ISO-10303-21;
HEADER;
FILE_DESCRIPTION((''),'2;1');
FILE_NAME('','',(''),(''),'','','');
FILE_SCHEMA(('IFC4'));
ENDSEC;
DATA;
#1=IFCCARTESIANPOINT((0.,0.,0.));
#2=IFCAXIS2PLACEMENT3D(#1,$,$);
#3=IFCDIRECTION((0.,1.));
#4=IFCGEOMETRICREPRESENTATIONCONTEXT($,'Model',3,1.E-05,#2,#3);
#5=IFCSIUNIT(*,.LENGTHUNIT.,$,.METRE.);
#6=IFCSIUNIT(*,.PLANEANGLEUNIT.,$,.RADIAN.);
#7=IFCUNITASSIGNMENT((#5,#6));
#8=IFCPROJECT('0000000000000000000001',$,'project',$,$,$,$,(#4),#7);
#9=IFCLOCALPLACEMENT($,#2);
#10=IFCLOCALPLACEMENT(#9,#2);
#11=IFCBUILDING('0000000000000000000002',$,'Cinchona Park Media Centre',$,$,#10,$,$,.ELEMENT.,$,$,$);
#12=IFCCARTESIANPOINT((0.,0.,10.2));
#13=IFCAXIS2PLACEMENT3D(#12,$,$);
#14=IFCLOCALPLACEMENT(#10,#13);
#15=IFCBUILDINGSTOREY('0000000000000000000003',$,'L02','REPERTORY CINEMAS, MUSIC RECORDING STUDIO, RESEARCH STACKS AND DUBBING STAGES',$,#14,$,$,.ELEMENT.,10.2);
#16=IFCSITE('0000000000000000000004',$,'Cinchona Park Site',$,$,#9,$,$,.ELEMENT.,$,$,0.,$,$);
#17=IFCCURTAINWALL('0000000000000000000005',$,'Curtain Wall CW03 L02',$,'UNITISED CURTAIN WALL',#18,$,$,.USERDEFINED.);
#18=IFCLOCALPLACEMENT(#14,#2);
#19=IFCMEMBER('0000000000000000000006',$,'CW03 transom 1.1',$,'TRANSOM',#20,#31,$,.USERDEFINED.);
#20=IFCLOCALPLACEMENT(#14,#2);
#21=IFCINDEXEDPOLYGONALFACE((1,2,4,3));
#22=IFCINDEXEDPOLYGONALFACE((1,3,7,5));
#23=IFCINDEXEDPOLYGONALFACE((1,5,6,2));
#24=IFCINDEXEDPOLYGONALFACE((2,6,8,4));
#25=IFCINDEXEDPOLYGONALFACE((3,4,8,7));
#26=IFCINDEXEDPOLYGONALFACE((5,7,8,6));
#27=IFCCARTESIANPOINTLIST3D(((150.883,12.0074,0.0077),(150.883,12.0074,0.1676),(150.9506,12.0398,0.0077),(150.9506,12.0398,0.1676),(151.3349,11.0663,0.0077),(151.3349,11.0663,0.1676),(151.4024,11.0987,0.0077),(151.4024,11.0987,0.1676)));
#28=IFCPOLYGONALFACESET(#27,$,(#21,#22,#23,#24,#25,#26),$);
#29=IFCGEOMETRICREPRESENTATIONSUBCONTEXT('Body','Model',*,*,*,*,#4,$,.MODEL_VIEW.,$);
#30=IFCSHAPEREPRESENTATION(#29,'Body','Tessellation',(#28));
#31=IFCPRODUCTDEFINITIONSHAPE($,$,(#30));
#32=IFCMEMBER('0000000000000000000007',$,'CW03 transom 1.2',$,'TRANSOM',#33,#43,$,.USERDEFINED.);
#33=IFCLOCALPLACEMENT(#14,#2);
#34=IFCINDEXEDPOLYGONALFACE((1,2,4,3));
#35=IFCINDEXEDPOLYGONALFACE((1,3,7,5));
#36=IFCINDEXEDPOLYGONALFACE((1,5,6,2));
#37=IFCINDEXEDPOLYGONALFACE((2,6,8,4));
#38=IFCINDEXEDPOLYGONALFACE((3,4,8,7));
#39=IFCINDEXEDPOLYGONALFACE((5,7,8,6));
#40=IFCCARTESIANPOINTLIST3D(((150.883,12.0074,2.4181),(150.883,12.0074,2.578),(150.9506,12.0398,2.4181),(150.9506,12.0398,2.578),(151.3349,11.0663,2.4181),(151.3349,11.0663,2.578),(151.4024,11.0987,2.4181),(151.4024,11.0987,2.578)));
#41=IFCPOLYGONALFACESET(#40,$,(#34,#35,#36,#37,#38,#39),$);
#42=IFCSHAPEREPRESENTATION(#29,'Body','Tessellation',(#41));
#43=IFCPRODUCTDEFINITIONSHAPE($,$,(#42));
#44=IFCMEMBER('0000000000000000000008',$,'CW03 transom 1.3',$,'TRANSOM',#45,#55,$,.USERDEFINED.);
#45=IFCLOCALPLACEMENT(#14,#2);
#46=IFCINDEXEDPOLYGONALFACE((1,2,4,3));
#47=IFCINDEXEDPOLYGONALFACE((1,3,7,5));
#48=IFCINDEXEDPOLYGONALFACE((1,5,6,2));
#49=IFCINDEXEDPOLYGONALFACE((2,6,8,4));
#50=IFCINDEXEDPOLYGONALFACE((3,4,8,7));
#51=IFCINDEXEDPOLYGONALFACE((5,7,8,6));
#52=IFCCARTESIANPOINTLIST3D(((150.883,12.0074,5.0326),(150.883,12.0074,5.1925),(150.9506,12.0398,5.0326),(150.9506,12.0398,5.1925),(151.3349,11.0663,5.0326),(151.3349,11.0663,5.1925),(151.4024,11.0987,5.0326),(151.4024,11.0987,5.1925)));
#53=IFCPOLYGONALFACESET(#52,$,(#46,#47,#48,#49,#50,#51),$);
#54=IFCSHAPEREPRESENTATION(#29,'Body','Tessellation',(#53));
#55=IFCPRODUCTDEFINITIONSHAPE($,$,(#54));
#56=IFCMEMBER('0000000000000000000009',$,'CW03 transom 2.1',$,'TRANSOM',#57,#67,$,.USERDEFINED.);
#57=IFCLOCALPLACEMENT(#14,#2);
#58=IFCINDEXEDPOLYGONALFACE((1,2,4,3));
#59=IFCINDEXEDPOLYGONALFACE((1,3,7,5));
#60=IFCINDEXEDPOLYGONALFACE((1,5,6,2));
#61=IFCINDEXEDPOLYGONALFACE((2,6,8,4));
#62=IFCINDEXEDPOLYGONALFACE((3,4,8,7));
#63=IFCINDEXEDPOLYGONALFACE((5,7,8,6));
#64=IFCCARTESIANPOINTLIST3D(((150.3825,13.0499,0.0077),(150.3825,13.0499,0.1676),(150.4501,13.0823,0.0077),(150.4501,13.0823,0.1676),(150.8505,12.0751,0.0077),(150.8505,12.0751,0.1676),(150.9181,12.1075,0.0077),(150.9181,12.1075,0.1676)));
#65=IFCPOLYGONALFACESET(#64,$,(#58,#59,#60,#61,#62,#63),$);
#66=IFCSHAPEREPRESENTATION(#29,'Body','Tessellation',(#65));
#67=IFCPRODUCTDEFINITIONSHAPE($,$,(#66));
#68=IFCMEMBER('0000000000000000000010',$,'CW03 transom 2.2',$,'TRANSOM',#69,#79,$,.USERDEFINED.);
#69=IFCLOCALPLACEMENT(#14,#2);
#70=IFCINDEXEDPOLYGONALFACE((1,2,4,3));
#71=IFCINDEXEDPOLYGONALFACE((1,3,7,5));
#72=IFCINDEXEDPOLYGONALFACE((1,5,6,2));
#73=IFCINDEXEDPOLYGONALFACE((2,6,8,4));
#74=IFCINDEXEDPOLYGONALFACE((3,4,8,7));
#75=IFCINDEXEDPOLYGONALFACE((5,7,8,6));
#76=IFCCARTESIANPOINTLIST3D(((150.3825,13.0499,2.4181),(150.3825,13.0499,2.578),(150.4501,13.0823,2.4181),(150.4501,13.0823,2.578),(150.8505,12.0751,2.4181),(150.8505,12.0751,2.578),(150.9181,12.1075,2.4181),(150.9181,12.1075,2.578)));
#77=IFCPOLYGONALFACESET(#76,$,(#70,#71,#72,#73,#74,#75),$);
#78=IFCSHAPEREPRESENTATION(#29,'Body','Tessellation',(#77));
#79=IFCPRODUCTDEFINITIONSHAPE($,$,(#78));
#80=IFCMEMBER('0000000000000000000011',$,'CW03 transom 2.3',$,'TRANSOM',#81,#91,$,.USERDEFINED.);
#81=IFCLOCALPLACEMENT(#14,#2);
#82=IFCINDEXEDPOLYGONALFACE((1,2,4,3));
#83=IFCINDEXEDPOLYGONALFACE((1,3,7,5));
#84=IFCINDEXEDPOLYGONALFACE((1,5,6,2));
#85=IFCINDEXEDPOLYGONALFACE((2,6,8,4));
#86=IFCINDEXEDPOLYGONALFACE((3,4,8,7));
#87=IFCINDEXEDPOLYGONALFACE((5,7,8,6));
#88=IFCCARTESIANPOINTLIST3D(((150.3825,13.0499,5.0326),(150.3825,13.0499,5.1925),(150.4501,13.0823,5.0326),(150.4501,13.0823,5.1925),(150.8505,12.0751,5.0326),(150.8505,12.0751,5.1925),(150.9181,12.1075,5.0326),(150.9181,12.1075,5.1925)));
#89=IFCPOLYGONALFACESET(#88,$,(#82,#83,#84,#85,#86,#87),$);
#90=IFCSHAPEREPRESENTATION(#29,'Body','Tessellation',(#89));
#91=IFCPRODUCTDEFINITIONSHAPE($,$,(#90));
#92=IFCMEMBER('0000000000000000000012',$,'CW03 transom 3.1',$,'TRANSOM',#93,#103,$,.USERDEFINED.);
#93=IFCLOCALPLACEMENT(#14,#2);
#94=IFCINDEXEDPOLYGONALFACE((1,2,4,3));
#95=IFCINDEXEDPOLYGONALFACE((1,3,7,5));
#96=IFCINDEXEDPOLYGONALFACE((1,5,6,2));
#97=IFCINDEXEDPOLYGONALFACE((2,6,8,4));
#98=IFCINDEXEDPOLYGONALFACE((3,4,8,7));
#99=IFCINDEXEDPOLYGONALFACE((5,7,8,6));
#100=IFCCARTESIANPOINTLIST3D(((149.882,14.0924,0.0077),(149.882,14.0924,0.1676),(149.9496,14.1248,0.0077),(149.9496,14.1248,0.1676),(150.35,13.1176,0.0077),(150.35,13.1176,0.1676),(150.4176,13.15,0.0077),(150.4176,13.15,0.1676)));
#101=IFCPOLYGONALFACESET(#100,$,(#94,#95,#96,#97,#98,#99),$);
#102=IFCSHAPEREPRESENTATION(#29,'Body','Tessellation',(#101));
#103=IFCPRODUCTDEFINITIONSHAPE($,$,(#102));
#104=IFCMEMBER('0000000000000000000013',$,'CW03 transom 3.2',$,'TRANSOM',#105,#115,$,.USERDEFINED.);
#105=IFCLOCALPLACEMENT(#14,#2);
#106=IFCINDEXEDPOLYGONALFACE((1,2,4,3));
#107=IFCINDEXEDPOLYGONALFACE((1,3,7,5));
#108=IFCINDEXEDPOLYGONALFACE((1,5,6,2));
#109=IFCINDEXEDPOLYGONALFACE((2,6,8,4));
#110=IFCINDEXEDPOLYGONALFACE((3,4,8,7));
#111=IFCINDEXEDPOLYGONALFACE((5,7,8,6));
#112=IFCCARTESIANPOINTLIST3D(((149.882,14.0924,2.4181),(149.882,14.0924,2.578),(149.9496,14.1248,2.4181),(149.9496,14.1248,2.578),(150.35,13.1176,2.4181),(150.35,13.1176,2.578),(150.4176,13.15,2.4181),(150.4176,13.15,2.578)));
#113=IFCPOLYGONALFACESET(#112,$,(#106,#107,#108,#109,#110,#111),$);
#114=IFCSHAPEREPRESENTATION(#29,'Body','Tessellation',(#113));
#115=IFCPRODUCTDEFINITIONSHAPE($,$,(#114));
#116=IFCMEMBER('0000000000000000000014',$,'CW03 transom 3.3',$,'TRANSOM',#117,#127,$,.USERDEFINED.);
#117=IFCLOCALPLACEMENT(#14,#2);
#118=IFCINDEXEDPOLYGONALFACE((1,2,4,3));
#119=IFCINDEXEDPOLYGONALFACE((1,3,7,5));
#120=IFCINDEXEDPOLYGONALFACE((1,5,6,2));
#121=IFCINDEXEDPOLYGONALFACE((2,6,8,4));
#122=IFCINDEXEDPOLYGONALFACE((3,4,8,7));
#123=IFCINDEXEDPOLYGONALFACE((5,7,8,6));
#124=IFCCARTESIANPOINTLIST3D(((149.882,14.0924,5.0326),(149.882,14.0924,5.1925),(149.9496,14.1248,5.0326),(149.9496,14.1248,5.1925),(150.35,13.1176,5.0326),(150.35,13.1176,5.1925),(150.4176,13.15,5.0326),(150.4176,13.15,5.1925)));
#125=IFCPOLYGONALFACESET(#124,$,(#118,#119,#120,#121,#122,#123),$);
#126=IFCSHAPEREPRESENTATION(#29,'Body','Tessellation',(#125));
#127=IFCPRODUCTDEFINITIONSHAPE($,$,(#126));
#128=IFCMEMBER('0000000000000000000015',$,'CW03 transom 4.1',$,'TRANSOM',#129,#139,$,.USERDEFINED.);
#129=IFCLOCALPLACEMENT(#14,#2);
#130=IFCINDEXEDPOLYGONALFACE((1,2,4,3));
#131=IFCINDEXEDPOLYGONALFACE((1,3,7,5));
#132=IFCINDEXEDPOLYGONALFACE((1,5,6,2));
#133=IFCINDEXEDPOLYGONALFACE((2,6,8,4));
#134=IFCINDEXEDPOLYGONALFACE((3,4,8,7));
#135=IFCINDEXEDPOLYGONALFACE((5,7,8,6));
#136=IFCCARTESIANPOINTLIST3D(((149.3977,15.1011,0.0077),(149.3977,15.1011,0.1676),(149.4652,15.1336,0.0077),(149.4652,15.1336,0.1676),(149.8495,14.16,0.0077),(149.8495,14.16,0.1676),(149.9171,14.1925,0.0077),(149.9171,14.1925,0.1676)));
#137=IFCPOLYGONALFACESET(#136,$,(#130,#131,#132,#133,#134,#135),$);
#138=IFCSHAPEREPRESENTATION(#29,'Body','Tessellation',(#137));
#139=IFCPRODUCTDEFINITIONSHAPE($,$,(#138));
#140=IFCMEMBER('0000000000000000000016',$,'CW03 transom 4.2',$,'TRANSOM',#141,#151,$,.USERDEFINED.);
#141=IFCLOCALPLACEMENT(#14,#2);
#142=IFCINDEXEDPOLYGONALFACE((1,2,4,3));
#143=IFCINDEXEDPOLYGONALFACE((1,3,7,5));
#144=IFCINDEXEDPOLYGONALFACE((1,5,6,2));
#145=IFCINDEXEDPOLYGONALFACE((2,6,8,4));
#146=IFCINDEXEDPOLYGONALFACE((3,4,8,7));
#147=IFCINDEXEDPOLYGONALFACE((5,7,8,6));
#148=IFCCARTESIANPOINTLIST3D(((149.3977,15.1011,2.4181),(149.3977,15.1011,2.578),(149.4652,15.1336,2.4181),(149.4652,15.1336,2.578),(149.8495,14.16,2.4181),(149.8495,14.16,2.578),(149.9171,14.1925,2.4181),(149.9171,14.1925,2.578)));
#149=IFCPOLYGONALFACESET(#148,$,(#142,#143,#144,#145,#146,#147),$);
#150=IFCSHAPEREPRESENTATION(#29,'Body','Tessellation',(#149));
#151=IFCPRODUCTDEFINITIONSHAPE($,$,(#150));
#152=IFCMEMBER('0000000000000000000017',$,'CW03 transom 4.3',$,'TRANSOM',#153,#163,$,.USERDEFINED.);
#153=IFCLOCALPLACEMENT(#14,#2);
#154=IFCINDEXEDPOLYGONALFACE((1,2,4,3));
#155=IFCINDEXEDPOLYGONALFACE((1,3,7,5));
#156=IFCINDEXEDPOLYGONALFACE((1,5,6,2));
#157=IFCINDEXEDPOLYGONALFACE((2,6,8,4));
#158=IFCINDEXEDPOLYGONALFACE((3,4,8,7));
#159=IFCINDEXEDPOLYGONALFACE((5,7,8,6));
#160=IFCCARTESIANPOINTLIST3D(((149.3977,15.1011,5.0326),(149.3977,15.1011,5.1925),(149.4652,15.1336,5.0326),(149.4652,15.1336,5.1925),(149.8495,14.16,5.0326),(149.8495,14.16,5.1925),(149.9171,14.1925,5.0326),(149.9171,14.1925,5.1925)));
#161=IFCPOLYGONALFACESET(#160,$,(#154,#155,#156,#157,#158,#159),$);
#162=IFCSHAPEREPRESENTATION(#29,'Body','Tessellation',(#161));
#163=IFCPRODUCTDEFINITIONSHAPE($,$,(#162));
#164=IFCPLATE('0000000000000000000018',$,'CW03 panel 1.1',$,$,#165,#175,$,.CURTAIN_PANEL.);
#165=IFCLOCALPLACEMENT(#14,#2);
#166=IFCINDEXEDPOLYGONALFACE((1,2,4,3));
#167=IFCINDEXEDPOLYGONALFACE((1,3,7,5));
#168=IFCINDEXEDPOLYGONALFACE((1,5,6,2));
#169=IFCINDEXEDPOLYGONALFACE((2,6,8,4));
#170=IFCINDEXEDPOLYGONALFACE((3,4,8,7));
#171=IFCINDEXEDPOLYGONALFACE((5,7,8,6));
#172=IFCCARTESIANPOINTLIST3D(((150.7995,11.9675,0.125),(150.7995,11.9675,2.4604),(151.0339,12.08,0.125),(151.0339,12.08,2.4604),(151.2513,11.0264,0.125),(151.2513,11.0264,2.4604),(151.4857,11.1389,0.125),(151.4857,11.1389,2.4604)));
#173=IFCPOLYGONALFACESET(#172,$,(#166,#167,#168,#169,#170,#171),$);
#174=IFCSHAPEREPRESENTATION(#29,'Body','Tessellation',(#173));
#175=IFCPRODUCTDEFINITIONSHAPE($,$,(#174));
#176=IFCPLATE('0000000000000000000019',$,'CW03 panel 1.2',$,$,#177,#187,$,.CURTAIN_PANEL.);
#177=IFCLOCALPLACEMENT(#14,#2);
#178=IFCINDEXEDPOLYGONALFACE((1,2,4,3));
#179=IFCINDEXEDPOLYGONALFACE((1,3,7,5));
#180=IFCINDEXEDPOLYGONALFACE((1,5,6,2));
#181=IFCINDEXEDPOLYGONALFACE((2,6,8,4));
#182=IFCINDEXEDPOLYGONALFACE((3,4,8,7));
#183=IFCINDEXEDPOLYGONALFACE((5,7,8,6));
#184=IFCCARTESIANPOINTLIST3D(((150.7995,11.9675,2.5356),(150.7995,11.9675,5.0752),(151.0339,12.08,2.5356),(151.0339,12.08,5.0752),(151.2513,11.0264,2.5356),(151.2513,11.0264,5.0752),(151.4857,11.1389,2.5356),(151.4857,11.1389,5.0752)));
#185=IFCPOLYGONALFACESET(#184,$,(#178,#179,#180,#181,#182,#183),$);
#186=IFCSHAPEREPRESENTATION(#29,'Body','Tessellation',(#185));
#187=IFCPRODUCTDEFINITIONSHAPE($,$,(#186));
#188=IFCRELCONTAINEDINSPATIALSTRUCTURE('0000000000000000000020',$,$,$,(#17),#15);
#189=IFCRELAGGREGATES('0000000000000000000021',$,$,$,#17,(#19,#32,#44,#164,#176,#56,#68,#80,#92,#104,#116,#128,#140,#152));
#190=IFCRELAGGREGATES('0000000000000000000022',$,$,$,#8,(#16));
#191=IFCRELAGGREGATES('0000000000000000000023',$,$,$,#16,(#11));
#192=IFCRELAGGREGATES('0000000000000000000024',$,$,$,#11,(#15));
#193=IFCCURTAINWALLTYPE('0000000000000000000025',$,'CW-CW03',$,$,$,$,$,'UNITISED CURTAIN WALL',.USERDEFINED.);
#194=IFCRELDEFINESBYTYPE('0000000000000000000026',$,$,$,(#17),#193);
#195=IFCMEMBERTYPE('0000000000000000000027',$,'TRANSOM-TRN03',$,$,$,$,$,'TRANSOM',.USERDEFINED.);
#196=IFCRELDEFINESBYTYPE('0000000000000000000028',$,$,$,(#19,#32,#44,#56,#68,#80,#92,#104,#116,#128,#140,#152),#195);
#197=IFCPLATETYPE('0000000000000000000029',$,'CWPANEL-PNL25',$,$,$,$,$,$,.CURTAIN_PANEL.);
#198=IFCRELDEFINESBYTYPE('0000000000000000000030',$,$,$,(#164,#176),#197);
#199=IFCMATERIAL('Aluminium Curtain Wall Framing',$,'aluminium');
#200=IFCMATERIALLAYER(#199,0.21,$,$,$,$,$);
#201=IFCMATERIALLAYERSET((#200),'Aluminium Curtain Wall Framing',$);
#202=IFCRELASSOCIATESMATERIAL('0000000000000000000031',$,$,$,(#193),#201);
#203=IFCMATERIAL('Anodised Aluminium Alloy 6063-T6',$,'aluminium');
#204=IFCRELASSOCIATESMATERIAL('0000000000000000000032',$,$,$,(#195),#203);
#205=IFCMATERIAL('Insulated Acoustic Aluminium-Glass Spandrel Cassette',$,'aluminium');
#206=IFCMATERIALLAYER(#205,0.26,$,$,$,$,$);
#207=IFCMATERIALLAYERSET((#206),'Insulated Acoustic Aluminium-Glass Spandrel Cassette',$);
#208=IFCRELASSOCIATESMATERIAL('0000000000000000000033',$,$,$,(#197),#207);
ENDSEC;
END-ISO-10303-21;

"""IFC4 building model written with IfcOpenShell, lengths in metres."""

from ifc_helpers import new_model, si_unit, direction, frame, origin, origin_2d, place, context, subcontext, project, spatial, rectangle, extrude, material, layer, layer_set, material_profile, profile_set, type_object, element, aggregate, save


model = new_model("IFC4")

# Units and contexts
model_context = context("Model", 3, precision=1e-05, world=origin(), true_north=direction((0.0, 1.0)))
body_context = subcontext(model_context, "Body", "Model", "MODEL_VIEW")
ifc_project = project(units=[si_unit("LENGTHUNIT", "METRE"), si_unit("PLANEANGLEUNIT", "RADIAN")], contexts=[model_context])

# Site, building, storey
site_placement = place(None, origin())
site = spatial("IfcSite", under=ifc_project, at=site_placement, Name="Cinchona Park Site", CompositionType="ELEMENT", RefElevation=0.0)
building_placement = place(site_placement, origin())
building = spatial("IfcBuilding", under=site, at=building_placement, Name="Cinchona Park Media Centre", CompositionType="ELEMENT")
storey_placement = place(building_placement, frame((0.0, 0.0, 10.2)))
storey = spatial("IfcBuildingStorey", under=building, at=storey_placement, Name="L02", Description="REPERTORY CINEMAS, MUSIC RECORDING STUDIO, RESEARCH STACKS AND DUBBING STAGES", CompositionType="ELEMENT", Elevation=10.2)

# Curtain wall, members, plates
ifc_material_1 = material(Name="Aluminium Curtain Wall Framing", Category="aluminium")
ifc_layer_1 = layer(ifc_material_1, 0.21)
ifc_layer_set_1 = layer_set([ifc_layer_1], Name="Aluminium Curtain Wall Framing")
curtain_wall_type_1 = type_object("IfcCurtainWallType", Name="CW-CW03", ElementType="UNITISED CURTAIN WALL", PredefinedType="USERDEFINED", material=ifc_layer_set_1)
curtain_wall_1_placement = place(storey_placement, origin())
curtain_wall_1 = element("IfcCurtainWall", 1, at=curtain_wall_1_placement, inside=storey, type_object=curtain_wall_type_1, Name="Curtain Wall CW03 L02", ObjectType="UNITISED CURTAIN WALL", PredefinedType="USERDEFINED")
ifc_material_2 = material(Name="Anodised Aluminium Alloy 6063-T6", Category="aluminium")
ifc_material_profile_1 = material_profile(ifc_material_2, rectangle(XDim=0.075, YDim=0.1599, at=origin_2d()), Name="TRN-75X160")
ifc_profile_set_1 = profile_set([ifc_material_profile_1], Name="Anodised Aluminium Alloy 6063-T6")
member_type_1 = type_object("IfcMemberType", Name="TRANSOM-TRN03", ElementType="TRANSOM", PredefinedType="USERDEFINED", material=ifc_profile_set_1)
member_1_placement = place(storey_placement, frame((151.3687, 11.0825, 0.0876), z_axis=(-0.432845, 0.901468, 0.0), x_axis=(-0.901468, -0.432845, 0.0)))
member_1 = element("IfcMember", 2, at=member_1_placement, type_object=member_type_1, Name="CW03 transom 1.1", ObjectType="TRANSOM", PredefinedType="USERDEFINED", context=body_context, shape_type="SweptSolid", body=[
    extrude(rectangle(XDim=0.075, YDim=0.1599, at=origin_2d()), origin(), (0.0, 0.0, 1.0), 1.0439),
])
member_2_placement = place(storey_placement, frame((151.3687, 11.0825, 2.498), z_axis=(-0.432845, 0.901468, 0.0), x_axis=(-0.901468, -0.432845, 0.0)))
member_2 = element("IfcMember", 3, at=member_2_placement, type_object=member_type_1, Name="CW03 transom 1.2", ObjectType="TRANSOM", PredefinedType="USERDEFINED", context=body_context, shape_type="SweptSolid", body=[
    extrude(rectangle(XDim=0.075, YDim=0.1599, at=origin_2d()), origin(), (0.0, 0.0, 1.0), 1.0439),
])
member_3_placement = place(storey_placement, frame((151.3687, 11.0825, 5.1125), z_axis=(-0.432845, 0.901468, 0.0), x_axis=(-0.901468, -0.432845, 0.0)))
member_3 = element("IfcMember", 4, at=member_3_placement, type_object=member_type_1, Name="CW03 transom 1.3", ObjectType="TRANSOM", PredefinedType="USERDEFINED", context=body_context, shape_type="SweptSolid", body=[
    extrude(rectangle(XDim=0.075, YDim=0.1599, at=origin_2d()), origin(), (0.0, 0.0, 1.0), 1.0439),
])
member_4_placement = place(storey_placement, frame((150.8843, 12.0913, 0.0876), z_axis=(-0.432797, 0.901491, 0.0), x_axis=(-0.901491, -0.432797, 0.0)))
member_4 = element("IfcMember", 5, at=member_4_placement, type_object=member_type_1, Name="CW03 transom 2.1", ObjectType="TRANSOM", PredefinedType="USERDEFINED", context=body_context, shape_type="SweptSolid", body=[
    extrude(rectangle(XDim=0.075, YDim=0.1599, at=origin_2d()), origin(), (0.0, 0.0, 1.0), 1.0813),
])
member_5_placement = place(storey_placement, frame((150.8843, 12.0913, 2.498), z_axis=(-0.432797, 0.901491, 0.0), x_axis=(-0.901491, -0.432797, 0.0)))
member_5 = element("IfcMember", 6, at=member_5_placement, type_object=member_type_1, Name="CW03 transom 2.2", ObjectType="TRANSOM", PredefinedType="USERDEFINED", context=body_context, shape_type="SweptSolid", body=[
    extrude(rectangle(XDim=0.075, YDim=0.1599, at=origin_2d()), origin(), (0.0, 0.0, 1.0), 1.0813),
])
member_6_placement = place(storey_placement, frame((150.8843, 12.0913, 5.1125), z_axis=(-0.432797, 0.901491, 0.0), x_axis=(-0.901491, -0.432797, 0.0)))
member_6 = element("IfcMember", 7, at=member_6_placement, type_object=member_type_1, Name="CW03 transom 2.3", ObjectType="TRANSOM", PredefinedType="USERDEFINED", context=body_context, shape_type="SweptSolid", body=[
    extrude(rectangle(XDim=0.075, YDim=0.1599, at=origin_2d()), origin(), (0.0, 0.0, 1.0), 1.0813),
])
member_7_placement = place(storey_placement, frame((150.3838, 13.1338, 0.0876), z_axis=(-0.432797, 0.901491, 0.0), x_axis=(-0.901491, -0.432797, 0.0)))
member_7 = element("IfcMember", 8, at=member_7_placement, type_object=member_type_1, Name="CW03 transom 3.1", ObjectType="TRANSOM", PredefinedType="USERDEFINED", context=body_context, shape_type="SweptSolid", body=[
    extrude(rectangle(XDim=0.075, YDim=0.1599, at=origin_2d()), origin(), (0.0, 0.0, 1.0), 1.0813),
])
member_8_placement = place(storey_placement, frame((150.3838, 13.1338, 2.498), z_axis=(-0.432797, 0.901491, 0.0), x_axis=(-0.901491, -0.432797, 0.0)))
member_8 = element("IfcMember", 9, at=member_8_placement, type_object=member_type_1, Name="CW03 transom 3.2", ObjectType="TRANSOM", PredefinedType="USERDEFINED", context=body_context, shape_type="SweptSolid", body=[
    extrude(rectangle(XDim=0.075, YDim=0.1599, at=origin_2d()), origin(), (0.0, 0.0, 1.0), 1.0813),
])
member_9_placement = place(storey_placement, frame((150.3838, 13.1338, 5.1125), z_axis=(-0.432797, 0.901491, 0.0), x_axis=(-0.901491, -0.432797, 0.0)))
member_9 = element("IfcMember", 10, at=member_9_placement, type_object=member_type_1, Name="CW03 transom 3.3", ObjectType="TRANSOM", PredefinedType="USERDEFINED", context=body_context, shape_type="SweptSolid", body=[
    extrude(rectangle(XDim=0.075, YDim=0.1599, at=origin_2d()), origin(), (0.0, 0.0, 1.0), 1.0813),
])
member_10_placement = place(storey_placement, frame((149.8833, 14.1763, 0.0876), z_axis=(-0.432845, 0.901468, 0.0), x_axis=(-0.901468, -0.432845, 0.0)))
member_10 = element("IfcMember", 11, at=member_10_placement, type_object=member_type_1, Name="CW03 transom 4.1", ObjectType="TRANSOM", PredefinedType="USERDEFINED", context=body_context, shape_type="SweptSolid", body=[
    extrude(rectangle(XDim=0.075, YDim=0.1599, at=origin_2d()), origin(), (0.0, 0.0, 1.0), 1.0439),
])
member_11_placement = place(storey_placement, frame((149.8833, 14.1763, 2.498), z_axis=(-0.432845, 0.901468, 0.0), x_axis=(-0.901468, -0.432845, 0.0)))
member_11 = element("IfcMember", 12, at=member_11_placement, type_object=member_type_1, Name="CW03 transom 4.2", ObjectType="TRANSOM", PredefinedType="USERDEFINED", context=body_context, shape_type="SweptSolid", body=[
    extrude(rectangle(XDim=0.075, YDim=0.1599, at=origin_2d()), origin(), (0.0, 0.0, 1.0), 1.0439),
])
member_12_placement = place(storey_placement, frame((149.8833, 14.1763, 5.1125), z_axis=(-0.432845, 0.901468, 0.0), x_axis=(-0.901468, -0.432845, 0.0)))
member_12 = element("IfcMember", 13, at=member_12_placement, type_object=member_type_1, Name="CW03 transom 4.3", ObjectType="TRANSOM", PredefinedType="USERDEFINED", context=body_context, shape_type="SweptSolid", body=[
    extrude(rectangle(XDim=0.075, YDim=0.1599, at=origin_2d()), origin(), (0.0, 0.0, 1.0), 1.0439),
])
ifc_material_3 = material(Name="Insulated Acoustic Aluminium-Glass Spandrel Cassette", Category="aluminium")
ifc_layer_2 = layer(ifc_material_3, 0.26)
ifc_layer_set_2 = layer_set([ifc_layer_2], Name="Insulated Acoustic Aluminium-Glass Spandrel Cassette")
plate_type = type_object("IfcPlateType", Name="CWPANEL-PNL25", PredefinedType="CURTAIN_PANEL", material=ifc_layer_set_2)
plate_1_placement = place(storey_placement, frame((151.1426, 11.5532, 0.125), z_axis=(0.0, 0.0, 1.0), x_axis=(-0.432801, 0.901489, 0.0)))
plate_1 = element("IfcPlate", 14, at=plate_1_placement, type_object=plate_type, Name="CW03 panel 1.1", PredefinedType="CURTAIN_PANEL", context=body_context, shape_type="SweptSolid", body=[
    extrude(rectangle(XDim=1.0439, YDim=0.26, at=origin_2d()), origin(), (0.0, 0.0, 1.0), 2.3354),
])
plate_2_placement = place(storey_placement, frame((151.1426, 11.5532, 2.5356), z_axis=(0.0, 0.0, 1.0), x_axis=(-0.432801, 0.901489, 0.0)))
plate_2 = element("IfcPlate", 15, at=plate_2_placement, type_object=plate_type, Name="CW03 panel 1.2", PredefinedType="CURTAIN_PANEL", context=body_context, shape_type="SweptSolid", body=[
    extrude(rectangle(XDim=1.0439, YDim=0.26, at=origin_2d()), origin(), (0.0, 0.0, 1.0), 2.5396),
])
aggregate(curtain_wall_1, [member_1, member_2, member_3, plate_1, plate_2, member_4, member_5, member_6, member_7, member_8, member_9, member_10, member_11, member_12])

save(model, "model.ifc")
